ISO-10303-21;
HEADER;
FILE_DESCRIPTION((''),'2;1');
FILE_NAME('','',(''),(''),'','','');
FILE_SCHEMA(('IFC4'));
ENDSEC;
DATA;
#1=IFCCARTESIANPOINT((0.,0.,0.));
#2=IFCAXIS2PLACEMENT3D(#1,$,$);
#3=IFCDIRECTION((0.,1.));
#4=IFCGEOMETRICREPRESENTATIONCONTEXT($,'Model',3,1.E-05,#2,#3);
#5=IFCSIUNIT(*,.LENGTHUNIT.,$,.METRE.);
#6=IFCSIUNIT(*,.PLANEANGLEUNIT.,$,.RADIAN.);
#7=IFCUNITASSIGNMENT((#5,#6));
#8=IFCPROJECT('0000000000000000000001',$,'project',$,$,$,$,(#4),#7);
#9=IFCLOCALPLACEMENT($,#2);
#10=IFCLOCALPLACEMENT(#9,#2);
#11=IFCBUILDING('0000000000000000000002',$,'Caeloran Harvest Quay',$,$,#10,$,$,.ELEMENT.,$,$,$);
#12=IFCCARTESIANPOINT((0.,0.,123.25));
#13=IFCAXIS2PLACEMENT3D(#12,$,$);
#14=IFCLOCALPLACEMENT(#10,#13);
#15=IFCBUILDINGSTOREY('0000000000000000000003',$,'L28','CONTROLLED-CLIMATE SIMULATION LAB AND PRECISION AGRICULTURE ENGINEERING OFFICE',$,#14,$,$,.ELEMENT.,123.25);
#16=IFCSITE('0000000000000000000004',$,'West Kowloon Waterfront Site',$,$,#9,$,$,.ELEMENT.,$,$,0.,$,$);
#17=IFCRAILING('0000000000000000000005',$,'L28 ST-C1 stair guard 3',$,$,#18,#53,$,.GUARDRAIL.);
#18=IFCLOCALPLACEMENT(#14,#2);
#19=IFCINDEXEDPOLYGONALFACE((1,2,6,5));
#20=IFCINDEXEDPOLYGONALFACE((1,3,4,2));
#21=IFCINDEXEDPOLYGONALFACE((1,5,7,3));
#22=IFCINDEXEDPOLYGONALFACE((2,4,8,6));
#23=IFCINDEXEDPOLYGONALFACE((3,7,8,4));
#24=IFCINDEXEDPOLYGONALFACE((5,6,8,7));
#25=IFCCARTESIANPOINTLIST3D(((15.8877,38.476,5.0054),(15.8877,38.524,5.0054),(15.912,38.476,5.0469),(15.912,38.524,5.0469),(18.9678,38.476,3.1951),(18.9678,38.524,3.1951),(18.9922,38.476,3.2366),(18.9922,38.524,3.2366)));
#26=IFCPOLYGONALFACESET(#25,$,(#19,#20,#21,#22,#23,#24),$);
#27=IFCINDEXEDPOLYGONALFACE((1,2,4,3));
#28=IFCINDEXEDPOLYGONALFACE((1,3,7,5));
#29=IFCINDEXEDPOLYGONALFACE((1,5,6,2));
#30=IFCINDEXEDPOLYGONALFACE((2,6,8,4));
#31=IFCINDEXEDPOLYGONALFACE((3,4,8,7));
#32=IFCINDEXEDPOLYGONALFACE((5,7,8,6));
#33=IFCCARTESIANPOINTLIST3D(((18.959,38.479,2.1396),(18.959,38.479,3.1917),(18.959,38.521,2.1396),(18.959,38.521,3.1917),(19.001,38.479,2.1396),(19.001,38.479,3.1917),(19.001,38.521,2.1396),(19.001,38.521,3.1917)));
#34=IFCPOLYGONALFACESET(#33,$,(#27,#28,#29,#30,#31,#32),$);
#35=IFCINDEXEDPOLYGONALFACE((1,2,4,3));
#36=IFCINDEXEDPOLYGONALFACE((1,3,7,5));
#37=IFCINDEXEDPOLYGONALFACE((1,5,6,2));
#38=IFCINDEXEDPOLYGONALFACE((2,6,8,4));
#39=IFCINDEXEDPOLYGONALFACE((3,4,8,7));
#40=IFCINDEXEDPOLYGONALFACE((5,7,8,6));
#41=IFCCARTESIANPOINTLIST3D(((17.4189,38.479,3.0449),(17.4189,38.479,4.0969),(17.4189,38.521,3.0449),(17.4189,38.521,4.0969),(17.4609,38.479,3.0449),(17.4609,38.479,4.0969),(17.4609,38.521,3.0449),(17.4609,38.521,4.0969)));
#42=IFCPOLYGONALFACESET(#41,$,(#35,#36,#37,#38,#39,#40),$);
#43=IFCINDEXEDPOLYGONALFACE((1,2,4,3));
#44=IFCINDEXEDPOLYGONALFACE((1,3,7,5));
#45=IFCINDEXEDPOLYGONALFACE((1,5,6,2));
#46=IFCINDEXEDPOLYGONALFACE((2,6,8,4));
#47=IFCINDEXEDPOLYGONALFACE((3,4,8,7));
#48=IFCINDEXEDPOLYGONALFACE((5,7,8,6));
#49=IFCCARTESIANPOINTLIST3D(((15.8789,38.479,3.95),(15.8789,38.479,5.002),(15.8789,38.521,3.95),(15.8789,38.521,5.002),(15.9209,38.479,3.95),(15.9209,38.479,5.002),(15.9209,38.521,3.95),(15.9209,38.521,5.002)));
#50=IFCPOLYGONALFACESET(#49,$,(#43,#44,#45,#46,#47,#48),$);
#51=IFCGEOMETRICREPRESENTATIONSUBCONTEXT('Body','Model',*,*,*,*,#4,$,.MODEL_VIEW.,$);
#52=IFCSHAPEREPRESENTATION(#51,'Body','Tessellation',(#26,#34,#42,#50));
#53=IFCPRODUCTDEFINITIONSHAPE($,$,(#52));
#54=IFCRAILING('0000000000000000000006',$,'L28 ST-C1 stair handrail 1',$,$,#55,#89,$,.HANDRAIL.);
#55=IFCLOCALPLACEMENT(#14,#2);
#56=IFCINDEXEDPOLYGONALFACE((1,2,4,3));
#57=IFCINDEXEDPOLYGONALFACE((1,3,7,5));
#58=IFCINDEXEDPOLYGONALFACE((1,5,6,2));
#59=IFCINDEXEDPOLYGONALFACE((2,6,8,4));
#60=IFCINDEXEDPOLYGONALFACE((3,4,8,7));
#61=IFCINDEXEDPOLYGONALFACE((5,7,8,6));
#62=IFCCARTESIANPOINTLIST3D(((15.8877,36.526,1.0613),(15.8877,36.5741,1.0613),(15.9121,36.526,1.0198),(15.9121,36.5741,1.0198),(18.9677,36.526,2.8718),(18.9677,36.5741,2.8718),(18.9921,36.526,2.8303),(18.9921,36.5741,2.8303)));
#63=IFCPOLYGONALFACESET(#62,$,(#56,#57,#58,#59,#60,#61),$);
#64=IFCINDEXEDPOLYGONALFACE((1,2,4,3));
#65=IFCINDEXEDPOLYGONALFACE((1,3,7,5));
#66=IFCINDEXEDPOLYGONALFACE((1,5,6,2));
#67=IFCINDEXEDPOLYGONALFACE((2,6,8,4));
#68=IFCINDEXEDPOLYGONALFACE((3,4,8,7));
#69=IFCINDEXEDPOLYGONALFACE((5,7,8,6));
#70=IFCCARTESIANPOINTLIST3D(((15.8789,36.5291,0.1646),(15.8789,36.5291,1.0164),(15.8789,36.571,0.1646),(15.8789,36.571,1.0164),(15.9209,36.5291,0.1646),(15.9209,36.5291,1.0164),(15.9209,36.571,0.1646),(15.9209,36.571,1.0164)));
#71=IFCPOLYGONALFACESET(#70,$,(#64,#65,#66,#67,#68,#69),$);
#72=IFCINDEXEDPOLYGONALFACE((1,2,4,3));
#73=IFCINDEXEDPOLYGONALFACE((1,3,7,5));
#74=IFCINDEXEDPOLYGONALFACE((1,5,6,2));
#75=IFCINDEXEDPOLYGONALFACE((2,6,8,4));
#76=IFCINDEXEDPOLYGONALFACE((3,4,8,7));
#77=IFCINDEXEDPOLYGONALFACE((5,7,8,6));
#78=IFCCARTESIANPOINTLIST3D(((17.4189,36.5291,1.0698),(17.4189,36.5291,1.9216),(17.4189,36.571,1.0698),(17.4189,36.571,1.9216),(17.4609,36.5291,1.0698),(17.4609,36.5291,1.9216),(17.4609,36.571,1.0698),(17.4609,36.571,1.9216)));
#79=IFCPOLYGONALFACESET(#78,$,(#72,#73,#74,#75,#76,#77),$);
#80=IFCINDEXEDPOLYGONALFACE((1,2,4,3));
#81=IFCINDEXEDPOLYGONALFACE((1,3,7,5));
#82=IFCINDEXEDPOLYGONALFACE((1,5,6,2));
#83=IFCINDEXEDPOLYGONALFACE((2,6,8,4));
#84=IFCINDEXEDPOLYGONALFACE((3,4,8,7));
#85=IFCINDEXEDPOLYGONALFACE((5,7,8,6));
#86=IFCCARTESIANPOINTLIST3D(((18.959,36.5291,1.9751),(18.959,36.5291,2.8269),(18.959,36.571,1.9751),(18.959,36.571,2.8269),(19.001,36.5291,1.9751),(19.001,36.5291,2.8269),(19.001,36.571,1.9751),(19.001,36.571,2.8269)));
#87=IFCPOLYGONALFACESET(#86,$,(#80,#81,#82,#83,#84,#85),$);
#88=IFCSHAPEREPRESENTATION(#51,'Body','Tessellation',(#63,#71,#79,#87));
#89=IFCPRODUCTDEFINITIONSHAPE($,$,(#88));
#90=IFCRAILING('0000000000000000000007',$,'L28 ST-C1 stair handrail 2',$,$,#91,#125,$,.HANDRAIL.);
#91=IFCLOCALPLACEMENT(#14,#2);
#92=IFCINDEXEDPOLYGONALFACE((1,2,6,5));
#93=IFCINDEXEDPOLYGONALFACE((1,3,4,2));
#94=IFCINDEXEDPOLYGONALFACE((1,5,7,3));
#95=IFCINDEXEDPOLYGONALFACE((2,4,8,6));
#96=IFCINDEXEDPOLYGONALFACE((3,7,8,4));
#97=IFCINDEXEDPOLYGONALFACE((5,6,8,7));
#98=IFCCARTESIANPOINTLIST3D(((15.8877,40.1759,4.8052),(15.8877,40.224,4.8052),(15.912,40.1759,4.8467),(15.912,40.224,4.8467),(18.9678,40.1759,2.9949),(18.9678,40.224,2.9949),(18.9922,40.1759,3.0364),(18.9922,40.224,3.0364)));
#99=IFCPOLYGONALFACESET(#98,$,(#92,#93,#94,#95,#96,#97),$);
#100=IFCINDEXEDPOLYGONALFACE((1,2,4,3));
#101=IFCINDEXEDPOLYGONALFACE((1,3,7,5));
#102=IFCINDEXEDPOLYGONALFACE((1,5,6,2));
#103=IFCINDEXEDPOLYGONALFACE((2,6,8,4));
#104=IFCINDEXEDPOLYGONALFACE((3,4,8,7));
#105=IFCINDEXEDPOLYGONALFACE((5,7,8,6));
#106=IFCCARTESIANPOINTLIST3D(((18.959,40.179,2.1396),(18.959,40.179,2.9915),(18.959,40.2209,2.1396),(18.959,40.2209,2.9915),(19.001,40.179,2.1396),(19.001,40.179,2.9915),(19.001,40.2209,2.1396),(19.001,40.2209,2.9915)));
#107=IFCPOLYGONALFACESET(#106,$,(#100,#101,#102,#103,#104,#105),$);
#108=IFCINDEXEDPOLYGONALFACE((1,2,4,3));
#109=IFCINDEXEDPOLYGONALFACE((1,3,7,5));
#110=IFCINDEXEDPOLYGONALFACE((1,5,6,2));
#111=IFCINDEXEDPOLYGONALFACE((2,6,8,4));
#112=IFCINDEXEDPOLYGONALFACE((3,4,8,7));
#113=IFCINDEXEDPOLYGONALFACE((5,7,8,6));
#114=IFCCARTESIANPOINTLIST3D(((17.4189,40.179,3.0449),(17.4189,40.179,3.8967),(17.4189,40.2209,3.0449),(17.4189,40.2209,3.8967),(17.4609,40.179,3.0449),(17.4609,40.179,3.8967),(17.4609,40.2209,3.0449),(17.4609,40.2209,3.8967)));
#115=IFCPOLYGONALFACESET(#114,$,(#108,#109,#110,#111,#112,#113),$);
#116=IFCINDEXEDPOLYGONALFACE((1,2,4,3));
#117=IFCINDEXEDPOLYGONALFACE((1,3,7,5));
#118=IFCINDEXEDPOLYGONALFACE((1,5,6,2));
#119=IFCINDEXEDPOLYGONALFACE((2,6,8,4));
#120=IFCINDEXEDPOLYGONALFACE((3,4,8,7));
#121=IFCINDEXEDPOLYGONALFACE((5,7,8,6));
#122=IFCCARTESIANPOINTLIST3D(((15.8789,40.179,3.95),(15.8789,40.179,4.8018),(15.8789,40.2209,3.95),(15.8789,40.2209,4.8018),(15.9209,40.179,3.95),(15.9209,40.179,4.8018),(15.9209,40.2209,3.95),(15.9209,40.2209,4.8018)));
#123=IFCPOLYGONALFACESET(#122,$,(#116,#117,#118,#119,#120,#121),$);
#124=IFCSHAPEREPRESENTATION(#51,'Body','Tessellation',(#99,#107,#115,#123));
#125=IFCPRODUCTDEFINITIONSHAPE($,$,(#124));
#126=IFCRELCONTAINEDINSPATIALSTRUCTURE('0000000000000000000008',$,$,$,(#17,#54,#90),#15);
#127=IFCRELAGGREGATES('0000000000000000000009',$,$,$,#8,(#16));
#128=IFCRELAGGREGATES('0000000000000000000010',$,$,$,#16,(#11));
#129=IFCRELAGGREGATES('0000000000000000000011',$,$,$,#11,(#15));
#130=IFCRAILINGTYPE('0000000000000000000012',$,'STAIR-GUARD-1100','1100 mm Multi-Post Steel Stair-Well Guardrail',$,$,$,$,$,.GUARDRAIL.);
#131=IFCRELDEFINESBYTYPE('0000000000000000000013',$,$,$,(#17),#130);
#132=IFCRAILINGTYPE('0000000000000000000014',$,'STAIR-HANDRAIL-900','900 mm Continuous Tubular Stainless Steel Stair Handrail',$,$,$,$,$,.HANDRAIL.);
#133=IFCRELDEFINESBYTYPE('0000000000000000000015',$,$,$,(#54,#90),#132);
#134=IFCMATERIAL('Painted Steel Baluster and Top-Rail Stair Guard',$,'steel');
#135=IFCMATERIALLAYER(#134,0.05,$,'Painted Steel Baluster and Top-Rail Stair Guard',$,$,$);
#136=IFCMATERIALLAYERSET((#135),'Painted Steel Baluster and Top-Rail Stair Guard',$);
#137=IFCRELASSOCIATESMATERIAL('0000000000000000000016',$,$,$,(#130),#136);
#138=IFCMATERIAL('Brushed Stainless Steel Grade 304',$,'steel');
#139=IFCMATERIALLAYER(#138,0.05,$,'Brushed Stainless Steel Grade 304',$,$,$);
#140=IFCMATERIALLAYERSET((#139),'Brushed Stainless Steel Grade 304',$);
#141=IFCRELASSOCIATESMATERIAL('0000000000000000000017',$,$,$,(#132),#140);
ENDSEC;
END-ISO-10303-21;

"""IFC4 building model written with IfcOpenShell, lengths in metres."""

from ifc_helpers import new_model, si_unit, direction, frame, origin, origin_2d, place, context, subcontext, project, spatial, rectangle, extrude, material, layer, layer_set, type_object, element, save


model = new_model("IFC4")

# Units and contexts
model_context = context("Model", 3, precision=1e-05, world=origin(), true_north=direction((0.0, 1.0)))
body_context = subcontext(model_context, "Body", "Model", "MODEL_VIEW")
ifc_project = project(units=[si_unit("LENGTHUNIT", "METRE"), si_unit("PLANEANGLEUNIT", "RADIAN")], contexts=[model_context])

# Site, building, storey
site_placement = place(None, origin())
site = spatial("IfcSite", under=ifc_project, at=site_placement, Name="West Kowloon Waterfront Site", CompositionType="ELEMENT", RefElevation=0.0)
building_placement = place(site_placement, origin())
building = spatial("IfcBuilding", under=site, at=building_placement, Name="Caeloran Harvest Quay", CompositionType="ELEMENT")
storey_placement = place(building_placement, frame((0.0, 0.0, 123.25)))
storey = spatial("IfcBuildingStorey", under=building, at=storey_placement, Name="L28", Description="CONTROLLED-CLIMATE SIMULATION LAB AND PRECISION AGRICULTURE ENGINEERING OFFICE", CompositionType="ELEMENT", Elevation=123.25)

# Railings
ifc_material_1 = material(Name="Painted Steel Baluster and Top-Rail Stair Guard", Category="steel")
ifc_layer_1 = layer(ifc_material_1, 0.05, Name="Painted Steel Baluster and Top-Rail Stair Guard")
ifc_layer_set_1 = layer_set([ifc_layer_1], Name="Painted Steel Baluster and Top-Rail Stair Guard")
railing_type_1 = type_object("IfcRailingType", Name="STAIR-GUARD-1100", Description="1100 mm Multi-Post Steel Stair-Well Guardrail", PredefinedType="GUARDRAIL", material=ifc_layer_set_1)
railing_1_placement = place(storey_placement, frame((18.98, 38.5, 2.1396)))
element("IfcRailing", 1, at=railing_1_placement, inside=storey, type_object=railing_type_1, Name="L28 ST-C1 stair guard 3", PredefinedType="GUARDRAIL", context=body_context, shape_type="SweptSolid", body=[
    extrude(rectangle(XDim=0.0481, YDim=0.0481, at=origin_2d()), frame((0.0, 0.0, 1.0762), z_axis=(-0.862119, 0.0, 0.506707), x_axis=(0.0, -1.0, 0.0)), (0.0, 0.0, 1.0), 3.5728),
    extrude(rectangle(XDim=0.042, YDim=0.042, at=origin_2d()), origin(), (0.0, 0.0, 1.0), 1.052),
    extrude(rectangle(XDim=0.042, YDim=0.042, at=origin_2d()), frame((-1.54, 0.0, 0.9053)), (0.0, 0.0, 1.0), 1.052),
    extrude(rectangle(XDim=0.042, YDim=0.042, at=origin_2d()), frame((-3.0801, 0.0, 1.8103)), (0.0, 0.0, 1.0), 1.052),
])
ifc_material_2 = material(Name="Brushed Stainless Steel Grade 304", Category="steel")
ifc_layer_2 = layer(ifc_material_2, 0.05, Name="Brushed Stainless Steel Grade 304")
ifc_layer_set_2 = layer_set([ifc_layer_2], Name="Brushed Stainless Steel Grade 304")
railing_type_2 = type_object("IfcRailingType", Name="STAIR-HANDRAIL-900", Description="900 mm Continuous Tubular Stainless Steel Stair Handrail", PredefinedType="HANDRAIL", material=ifc_layer_set_2)
railing_2_placement = place(storey_placement, frame((15.8999, 36.55, 0.1646)))
element("IfcRailing", 2, at=railing_2_placement, inside=storey, type_object=railing_type_2, Name="L28 ST-C1 stair handrail 1", PredefinedType="HANDRAIL", context=body_context, shape_type="SweptSolid", body=[
    extrude(rectangle(XDim=0.0481, YDim=0.0481, at=origin_2d()), frame((0.0, 0.0, 0.876), z_axis=(0.862089, 0.0, 0.506757), x_axis=(0.0, 1.0, 0.0)), (0.0, 0.0, 1.0), 3.5728),
    extrude(rectangle(XDim=0.042, YDim=0.042, at=origin_2d()), origin(), (0.0, 0.0, 1.0), 0.8518),
    extrude(rectangle(XDim=0.042, YDim=0.042, at=origin_2d()), frame((1.54, 0.0, 0.9053)), (0.0, 0.0, 1.0), 0.8518),
    extrude(rectangle(XDim=0.042, YDim=0.042, at=origin_2d()), frame((3.0801, 0.0, 1.8105)), (0.0, 0.0, 1.0), 0.8518),
])
railing_3_placement = place(storey_placement, frame((18.98, 40.2, 2.1396)))
element("IfcRailing", 3, at=railing_3_placement, inside=storey, type_object=railing_type_2, Name="L28 ST-C1 stair handrail 2", PredefinedType="HANDRAIL", context=body_context, shape_type="SweptSolid", body=[
    extrude(rectangle(XDim=0.0481, YDim=0.0481, at=origin_2d()), frame((0.0, 0.0, 0.876), z_axis=(-0.862119, 0.0, 0.506707), x_axis=(0.0, -1.0, 0.0)), (0.0, 0.0, 1.0), 3.5728),
    extrude(rectangle(XDim=0.042, YDim=0.042, at=origin_2d()), origin(), (0.0, 0.0, 1.0), 0.8518),
    extrude(rectangle(XDim=0.042, YDim=0.042, at=origin_2d()), frame((-1.54, 0.0, 0.9053)), (0.0, 0.0, 1.0), 0.8518),
    extrude(rectangle(XDim=0.042, YDim=0.042, at=origin_2d()), frame((-3.0801, 0.0, 1.8103)), (0.0, 0.0, 1.0), 0.8518),
])

save(model, "model.ifc")
